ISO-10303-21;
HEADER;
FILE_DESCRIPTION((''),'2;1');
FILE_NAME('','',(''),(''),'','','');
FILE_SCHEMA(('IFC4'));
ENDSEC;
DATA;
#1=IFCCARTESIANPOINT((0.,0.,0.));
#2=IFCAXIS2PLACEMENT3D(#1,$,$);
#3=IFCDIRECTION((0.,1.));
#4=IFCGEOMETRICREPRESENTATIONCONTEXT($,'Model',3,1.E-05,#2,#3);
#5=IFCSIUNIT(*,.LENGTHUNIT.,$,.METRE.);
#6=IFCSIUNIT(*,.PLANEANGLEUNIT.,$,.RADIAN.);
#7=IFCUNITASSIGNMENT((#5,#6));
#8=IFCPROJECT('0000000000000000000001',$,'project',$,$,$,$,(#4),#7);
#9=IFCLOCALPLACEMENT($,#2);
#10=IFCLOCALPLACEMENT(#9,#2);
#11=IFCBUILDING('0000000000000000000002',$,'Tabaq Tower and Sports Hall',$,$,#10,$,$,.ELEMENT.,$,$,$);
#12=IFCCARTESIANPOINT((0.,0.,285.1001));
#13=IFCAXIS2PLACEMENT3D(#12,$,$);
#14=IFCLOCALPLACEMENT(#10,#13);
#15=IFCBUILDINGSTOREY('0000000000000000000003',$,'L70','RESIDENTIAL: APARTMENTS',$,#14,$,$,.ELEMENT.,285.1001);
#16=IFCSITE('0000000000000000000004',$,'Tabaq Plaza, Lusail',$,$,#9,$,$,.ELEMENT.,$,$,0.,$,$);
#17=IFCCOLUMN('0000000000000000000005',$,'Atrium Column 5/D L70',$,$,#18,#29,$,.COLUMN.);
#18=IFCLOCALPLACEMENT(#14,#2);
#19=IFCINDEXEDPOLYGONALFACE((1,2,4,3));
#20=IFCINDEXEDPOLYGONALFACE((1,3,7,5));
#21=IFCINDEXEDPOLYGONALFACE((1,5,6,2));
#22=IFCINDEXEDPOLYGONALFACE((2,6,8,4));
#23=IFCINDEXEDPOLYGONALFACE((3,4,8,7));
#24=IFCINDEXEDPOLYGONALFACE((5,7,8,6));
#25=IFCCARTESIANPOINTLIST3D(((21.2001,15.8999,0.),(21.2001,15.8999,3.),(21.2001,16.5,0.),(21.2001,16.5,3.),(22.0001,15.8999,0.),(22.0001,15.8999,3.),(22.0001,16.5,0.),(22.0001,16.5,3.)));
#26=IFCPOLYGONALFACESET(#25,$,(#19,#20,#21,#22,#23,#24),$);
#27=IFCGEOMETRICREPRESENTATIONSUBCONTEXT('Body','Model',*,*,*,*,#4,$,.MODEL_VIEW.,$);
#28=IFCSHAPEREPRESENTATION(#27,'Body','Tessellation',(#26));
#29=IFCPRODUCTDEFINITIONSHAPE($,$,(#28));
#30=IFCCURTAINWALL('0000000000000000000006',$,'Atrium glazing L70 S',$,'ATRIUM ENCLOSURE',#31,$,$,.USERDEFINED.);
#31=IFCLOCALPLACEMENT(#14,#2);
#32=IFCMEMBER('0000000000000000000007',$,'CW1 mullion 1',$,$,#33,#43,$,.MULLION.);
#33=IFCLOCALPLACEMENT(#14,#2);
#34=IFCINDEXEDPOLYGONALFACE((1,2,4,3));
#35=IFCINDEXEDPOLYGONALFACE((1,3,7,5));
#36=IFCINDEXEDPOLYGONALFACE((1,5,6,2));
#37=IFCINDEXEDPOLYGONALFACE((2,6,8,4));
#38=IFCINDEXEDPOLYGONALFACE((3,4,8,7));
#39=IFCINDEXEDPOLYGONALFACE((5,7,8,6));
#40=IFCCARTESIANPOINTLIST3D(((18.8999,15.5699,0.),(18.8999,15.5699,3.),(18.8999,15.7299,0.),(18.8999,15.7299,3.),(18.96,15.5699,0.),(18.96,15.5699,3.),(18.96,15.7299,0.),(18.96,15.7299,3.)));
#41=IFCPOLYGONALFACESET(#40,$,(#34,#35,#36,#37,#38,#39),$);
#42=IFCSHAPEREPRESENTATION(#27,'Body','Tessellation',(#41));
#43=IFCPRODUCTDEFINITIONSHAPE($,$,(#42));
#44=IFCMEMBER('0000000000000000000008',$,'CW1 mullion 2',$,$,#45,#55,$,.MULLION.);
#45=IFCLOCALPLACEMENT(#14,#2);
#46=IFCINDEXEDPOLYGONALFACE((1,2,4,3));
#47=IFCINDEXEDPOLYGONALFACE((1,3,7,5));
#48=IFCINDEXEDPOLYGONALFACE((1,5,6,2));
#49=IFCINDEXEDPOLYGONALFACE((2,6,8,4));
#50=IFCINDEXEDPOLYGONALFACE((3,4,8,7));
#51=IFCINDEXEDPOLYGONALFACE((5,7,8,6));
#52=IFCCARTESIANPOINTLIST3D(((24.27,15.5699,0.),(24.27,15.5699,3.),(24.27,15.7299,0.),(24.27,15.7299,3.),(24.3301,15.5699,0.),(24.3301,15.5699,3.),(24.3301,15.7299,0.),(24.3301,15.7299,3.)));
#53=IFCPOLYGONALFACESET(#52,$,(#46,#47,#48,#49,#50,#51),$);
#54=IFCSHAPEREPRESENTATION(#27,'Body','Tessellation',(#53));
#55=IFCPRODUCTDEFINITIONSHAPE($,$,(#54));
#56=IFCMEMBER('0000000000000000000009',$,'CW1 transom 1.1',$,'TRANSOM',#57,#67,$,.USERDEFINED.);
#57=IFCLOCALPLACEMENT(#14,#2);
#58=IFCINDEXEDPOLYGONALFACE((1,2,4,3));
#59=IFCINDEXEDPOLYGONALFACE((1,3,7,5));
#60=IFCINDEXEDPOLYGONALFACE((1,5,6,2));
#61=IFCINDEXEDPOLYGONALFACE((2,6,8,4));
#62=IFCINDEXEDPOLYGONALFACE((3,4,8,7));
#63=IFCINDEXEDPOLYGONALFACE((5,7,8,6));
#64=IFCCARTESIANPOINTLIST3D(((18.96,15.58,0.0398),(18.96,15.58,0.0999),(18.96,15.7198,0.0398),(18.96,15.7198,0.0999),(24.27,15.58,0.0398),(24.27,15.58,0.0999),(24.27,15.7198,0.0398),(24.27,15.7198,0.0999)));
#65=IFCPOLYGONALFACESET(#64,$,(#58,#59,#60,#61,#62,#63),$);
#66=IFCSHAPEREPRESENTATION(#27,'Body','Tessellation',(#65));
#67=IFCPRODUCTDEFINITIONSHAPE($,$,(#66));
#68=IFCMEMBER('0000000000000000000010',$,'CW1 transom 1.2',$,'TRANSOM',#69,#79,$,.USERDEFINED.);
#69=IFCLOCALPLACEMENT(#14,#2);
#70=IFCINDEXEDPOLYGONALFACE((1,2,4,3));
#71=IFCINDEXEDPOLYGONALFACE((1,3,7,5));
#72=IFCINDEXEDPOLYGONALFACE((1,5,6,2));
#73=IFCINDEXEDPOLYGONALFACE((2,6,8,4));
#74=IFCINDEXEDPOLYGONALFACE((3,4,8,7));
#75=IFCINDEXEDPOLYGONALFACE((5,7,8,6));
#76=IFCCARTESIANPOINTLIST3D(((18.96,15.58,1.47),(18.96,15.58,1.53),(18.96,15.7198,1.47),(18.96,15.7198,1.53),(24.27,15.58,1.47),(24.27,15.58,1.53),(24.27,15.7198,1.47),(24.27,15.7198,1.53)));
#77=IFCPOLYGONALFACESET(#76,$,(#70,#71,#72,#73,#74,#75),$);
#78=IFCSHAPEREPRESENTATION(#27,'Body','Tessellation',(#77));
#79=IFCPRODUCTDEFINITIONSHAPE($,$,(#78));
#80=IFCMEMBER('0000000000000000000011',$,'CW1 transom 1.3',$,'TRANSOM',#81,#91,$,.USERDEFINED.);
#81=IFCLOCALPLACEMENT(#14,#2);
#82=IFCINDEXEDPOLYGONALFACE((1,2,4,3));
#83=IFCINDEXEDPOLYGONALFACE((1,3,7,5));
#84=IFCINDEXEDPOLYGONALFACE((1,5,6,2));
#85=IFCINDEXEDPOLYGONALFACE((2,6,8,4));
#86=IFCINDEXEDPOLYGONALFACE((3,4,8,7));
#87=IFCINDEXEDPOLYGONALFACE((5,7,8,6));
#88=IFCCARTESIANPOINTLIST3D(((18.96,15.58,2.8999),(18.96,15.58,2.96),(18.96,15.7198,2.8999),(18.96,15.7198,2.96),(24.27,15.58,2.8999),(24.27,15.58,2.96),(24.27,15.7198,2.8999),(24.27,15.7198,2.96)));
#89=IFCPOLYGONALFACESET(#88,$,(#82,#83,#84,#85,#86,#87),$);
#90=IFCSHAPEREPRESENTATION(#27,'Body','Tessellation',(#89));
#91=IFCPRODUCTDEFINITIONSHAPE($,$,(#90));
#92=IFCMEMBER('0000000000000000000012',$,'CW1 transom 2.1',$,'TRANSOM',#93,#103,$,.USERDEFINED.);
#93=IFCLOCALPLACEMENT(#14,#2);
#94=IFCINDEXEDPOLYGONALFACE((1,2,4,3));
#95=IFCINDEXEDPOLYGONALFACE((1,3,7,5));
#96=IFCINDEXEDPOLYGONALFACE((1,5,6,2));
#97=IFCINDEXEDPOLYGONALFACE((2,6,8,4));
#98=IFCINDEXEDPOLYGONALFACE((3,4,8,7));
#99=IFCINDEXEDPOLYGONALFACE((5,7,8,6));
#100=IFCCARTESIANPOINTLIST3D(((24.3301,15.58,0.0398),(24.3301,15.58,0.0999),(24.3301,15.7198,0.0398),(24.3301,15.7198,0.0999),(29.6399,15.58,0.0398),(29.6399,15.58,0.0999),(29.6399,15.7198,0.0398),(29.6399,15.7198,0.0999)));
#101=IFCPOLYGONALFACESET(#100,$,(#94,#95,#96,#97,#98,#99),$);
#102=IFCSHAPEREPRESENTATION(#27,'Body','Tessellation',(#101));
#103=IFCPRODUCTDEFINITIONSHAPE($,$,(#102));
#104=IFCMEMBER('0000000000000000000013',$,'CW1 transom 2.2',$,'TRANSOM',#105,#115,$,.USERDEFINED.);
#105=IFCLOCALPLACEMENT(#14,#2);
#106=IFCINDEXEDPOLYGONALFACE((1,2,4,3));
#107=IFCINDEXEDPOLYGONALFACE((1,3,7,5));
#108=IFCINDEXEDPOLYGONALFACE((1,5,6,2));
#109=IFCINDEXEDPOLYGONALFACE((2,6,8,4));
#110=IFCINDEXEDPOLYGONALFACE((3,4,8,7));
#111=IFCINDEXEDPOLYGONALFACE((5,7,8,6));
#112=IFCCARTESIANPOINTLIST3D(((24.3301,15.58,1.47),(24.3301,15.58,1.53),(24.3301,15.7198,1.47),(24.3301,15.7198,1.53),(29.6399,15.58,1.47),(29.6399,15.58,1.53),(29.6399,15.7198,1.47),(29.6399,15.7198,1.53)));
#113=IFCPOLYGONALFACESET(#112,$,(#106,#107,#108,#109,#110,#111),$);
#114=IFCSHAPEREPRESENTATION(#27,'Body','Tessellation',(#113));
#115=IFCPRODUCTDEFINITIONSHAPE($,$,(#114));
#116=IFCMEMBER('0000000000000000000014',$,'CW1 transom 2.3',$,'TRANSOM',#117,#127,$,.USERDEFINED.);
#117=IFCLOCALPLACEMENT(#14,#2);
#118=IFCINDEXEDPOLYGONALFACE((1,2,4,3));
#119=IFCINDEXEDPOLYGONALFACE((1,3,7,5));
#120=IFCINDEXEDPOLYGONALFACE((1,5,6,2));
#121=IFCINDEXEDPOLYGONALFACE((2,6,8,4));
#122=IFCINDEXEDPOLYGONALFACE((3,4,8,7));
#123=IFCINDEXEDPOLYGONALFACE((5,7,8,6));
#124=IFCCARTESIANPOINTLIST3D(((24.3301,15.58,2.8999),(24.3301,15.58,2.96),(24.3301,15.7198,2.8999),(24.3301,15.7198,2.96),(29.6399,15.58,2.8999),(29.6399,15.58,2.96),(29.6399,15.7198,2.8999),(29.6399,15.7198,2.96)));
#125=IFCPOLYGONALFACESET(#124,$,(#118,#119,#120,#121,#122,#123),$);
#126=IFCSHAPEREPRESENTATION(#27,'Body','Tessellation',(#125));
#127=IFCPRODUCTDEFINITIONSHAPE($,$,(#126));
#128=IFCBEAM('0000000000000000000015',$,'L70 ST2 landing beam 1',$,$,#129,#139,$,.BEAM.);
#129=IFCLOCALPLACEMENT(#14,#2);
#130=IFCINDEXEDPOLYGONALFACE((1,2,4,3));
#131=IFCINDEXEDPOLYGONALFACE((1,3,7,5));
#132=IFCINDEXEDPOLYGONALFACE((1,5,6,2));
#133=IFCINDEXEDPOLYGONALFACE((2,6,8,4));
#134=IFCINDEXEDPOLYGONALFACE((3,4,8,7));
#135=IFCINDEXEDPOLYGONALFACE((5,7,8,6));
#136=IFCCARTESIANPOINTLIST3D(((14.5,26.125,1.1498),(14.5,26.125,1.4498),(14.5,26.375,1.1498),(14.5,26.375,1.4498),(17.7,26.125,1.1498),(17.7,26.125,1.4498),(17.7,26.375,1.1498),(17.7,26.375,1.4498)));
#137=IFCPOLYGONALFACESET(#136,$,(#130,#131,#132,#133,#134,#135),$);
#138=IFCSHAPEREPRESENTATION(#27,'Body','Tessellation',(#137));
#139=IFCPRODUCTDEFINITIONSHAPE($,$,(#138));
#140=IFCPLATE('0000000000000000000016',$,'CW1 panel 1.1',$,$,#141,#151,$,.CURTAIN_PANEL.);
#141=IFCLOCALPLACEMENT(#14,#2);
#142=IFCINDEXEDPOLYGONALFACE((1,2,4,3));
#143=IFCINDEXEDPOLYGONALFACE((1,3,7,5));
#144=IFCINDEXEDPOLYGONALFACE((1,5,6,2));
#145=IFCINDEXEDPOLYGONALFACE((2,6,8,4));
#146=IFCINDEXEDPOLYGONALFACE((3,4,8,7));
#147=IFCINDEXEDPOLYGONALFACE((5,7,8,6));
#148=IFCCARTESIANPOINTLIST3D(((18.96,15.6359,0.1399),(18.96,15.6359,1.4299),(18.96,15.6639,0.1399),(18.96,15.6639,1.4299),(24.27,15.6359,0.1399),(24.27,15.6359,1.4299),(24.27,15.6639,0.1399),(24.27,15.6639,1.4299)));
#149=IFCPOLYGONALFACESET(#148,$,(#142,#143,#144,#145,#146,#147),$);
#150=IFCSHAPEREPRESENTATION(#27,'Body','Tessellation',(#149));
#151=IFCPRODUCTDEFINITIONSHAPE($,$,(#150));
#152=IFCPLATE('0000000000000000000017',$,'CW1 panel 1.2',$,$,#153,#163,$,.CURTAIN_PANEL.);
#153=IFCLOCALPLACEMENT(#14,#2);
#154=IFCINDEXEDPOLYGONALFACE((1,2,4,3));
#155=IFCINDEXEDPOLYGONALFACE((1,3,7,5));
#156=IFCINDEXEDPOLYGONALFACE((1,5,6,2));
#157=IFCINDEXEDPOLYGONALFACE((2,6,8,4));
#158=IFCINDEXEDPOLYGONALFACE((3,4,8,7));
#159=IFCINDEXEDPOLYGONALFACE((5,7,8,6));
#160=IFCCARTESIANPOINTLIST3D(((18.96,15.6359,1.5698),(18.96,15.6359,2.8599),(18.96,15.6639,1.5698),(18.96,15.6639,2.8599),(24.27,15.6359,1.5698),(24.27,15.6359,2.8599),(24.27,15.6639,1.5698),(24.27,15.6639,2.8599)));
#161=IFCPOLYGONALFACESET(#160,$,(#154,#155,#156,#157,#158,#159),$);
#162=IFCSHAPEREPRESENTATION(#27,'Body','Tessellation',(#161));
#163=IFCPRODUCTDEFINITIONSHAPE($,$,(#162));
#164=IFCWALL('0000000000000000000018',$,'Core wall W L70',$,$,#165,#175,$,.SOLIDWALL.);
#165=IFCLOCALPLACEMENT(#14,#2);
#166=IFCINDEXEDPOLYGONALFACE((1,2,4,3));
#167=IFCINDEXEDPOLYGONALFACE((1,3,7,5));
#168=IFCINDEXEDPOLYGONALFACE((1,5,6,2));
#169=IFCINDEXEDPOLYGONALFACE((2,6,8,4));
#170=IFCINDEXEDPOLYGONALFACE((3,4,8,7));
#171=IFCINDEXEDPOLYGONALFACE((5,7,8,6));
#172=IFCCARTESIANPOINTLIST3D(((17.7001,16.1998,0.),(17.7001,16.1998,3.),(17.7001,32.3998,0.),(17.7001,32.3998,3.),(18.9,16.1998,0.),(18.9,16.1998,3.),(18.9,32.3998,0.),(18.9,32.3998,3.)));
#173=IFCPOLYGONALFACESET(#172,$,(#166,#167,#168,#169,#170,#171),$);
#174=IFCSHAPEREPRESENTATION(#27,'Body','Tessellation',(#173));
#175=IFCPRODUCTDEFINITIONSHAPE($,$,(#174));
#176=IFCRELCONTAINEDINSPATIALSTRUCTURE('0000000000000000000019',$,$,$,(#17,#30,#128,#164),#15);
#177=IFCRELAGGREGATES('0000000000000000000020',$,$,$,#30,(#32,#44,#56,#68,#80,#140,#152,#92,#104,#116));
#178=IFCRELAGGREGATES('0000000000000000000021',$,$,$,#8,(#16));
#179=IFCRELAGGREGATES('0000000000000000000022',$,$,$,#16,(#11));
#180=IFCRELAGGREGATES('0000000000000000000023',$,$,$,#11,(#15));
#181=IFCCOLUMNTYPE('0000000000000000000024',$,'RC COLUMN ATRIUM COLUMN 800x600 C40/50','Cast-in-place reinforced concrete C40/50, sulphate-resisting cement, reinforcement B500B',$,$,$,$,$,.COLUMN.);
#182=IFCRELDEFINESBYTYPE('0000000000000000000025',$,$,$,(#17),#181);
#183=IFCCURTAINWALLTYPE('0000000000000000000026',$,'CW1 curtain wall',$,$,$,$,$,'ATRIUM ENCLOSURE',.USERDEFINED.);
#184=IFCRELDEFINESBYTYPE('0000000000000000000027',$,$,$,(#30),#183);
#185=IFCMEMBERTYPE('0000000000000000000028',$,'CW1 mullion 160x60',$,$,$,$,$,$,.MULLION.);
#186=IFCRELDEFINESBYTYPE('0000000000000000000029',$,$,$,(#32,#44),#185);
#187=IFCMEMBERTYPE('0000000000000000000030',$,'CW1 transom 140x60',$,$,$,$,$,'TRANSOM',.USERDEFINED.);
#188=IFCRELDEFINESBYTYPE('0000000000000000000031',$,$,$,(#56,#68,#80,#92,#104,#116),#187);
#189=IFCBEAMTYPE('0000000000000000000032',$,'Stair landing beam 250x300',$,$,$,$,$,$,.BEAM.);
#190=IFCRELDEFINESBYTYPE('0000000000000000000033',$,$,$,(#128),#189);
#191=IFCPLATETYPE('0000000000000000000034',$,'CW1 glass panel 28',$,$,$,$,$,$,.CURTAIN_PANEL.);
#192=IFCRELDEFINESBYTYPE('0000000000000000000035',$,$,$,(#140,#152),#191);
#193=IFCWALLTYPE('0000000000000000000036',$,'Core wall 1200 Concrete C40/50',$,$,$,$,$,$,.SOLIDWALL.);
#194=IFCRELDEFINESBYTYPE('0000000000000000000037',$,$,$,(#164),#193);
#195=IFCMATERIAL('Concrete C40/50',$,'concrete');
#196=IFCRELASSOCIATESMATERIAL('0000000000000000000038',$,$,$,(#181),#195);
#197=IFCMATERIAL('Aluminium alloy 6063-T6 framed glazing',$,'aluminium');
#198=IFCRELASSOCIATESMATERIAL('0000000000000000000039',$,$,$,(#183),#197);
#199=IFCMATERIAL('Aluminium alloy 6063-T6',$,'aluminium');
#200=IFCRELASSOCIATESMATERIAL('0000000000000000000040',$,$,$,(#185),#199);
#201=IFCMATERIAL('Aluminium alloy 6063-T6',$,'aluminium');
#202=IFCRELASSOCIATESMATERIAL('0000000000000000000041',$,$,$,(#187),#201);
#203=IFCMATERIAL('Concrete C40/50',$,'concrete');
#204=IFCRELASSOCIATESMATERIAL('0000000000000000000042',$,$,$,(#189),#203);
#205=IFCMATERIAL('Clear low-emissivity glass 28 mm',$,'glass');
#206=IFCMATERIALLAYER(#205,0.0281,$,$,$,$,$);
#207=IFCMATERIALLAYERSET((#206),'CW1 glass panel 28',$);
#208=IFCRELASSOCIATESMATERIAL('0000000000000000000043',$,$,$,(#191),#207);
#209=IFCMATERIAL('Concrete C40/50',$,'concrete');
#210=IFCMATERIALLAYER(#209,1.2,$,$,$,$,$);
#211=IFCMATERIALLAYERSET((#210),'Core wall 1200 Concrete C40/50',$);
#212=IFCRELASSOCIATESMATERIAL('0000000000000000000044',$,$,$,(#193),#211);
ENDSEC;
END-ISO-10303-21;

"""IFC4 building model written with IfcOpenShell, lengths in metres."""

from ifc_helpers import new_model, si_unit, direction, frame, frame_2d, origin, origin_2d, place, context, subcontext, project, spatial, rectangle, extrude, material, layer, layer_set, material_profile, profile_set, type_object, element, aggregate, save


model = new_model("IFC4")

# Units and contexts
model_context = context("Model", 3, precision=1e-05, world=origin(), true_north=direction((0.0, 1.0)))
body_context = subcontext(model_context, "Body", "Model", "MODEL_VIEW")
ifc_project = project(units=[si_unit("LENGTHUNIT", "METRE"), si_unit("PLANEANGLEUNIT", "RADIAN")], contexts=[model_context])

# Site, building, storey
site_placement = place(None, origin())
site = spatial("IfcSite", under=ifc_project, at=site_placement, Name="Tabaq Plaza, Lusail", CompositionType="ELEMENT", RefElevation=0.0)
building_placement = place(site_placement, origin())
building = spatial("IfcBuilding", under=site, at=building_placement, Name="Tabaq Tower and Sports Hall", CompositionType="ELEMENT")
storey_placement = place(building_placement, frame((0.0, 0.0, 285.1001)))
storey = spatial("IfcBuildingStorey", under=building, at=storey_placement, Name="L70", Description="RESIDENTIAL: APARTMENTS", CompositionType="ELEMENT", Elevation=285.1001)

# Column
ifc_material_1 = material(Name="Concrete C40/50", Category="concrete")
ifc_material_profile_1 = material_profile(ifc_material_1, rectangle(XDim=0.8, YDim=0.6001, at=origin_2d()), Name="ATRIUM COLUMN 800x600")
ifc_profile_set_1 = profile_set([ifc_material_profile_1], Name="Concrete C40/50")
column_type = type_object("IfcColumnType", Name="RC COLUMN ATRIUM COLUMN 800x600 C40/50", Description="Cast-in-place reinforced concrete C40/50, sulphate-resisting cement, reinforcement B500B", PredefinedType="COLUMN", material=ifc_profile_set_1)
column_placement = place(storey_placement, frame((21.6001, 16.2, 0.0), z_axis=(0.0, 0.0, 1.0), x_axis=(1.0, 0.0, 0.0)))
element("IfcColumn", 1, at=column_placement, inside=storey, type_object=column_type, Name="Atrium Column 5/D L70", PredefinedType="COLUMN", context=body_context, shape_type="SweptSolid", body=[
    extrude(rectangle(XDim=0.8, YDim=0.6001, at=origin_2d()), origin(), (0.0, 0.0, 1.0), 3.0),
])

# Curtain wall, members
ifc_material_2 = material(Name="Aluminium alloy 6063-T6 framed glazing", Category="aluminium")
curtain_wall_type = type_object("IfcCurtainWallType", Name="CW1 curtain wall", ElementType="ATRIUM ENCLOSURE", PredefinedType="USERDEFINED", material=ifc_material_2)
curtain_wall_placement = place(storey_placement, origin())
curtain_wall = element("IfcCurtainWall", 2, at=curtain_wall_placement, inside=storey, type_object=curtain_wall_type, Name="Atrium glazing L70 S", ObjectType="ATRIUM ENCLOSURE", PredefinedType="USERDEFINED")
ifc_material_3 = material(Name="Aluminium alloy 6063-T6", Category="aluminium")
ifc_material_profile_2 = material_profile(ifc_material_3, rectangle(XDim=0.1599, YDim=0.0601, at=origin_2d()), Name="MULLION 160x60")
ifc_profile_set_2 = profile_set([ifc_material_profile_2], Name="Aluminium alloy 6063-T6")
member_type_1 = type_object("IfcMemberType", Name="CW1 mullion 160x60", PredefinedType="MULLION", material=ifc_profile_set_2)
member_1_placement = place(storey_placement, frame((18.9299, 15.6499, 0.0), z_axis=(0.0, 0.0, 1.0), x_axis=(0.0, 1.0, 0.0)))
member_1 = element("IfcMember", 3, at=member_1_placement, type_object=member_type_1, Name="CW1 mullion 1", PredefinedType="MULLION", context=body_context, shape_type="SweptSolid", body=[
    extrude(rectangle(XDim=0.1599, YDim=0.0601, at=origin_2d()), origin(), (0.0, 0.0, 1.0), 3.0),
])
member_2_placement = place(storey_placement, frame((24.3, 15.6499, 0.0), z_axis=(0.0, 0.0, 1.0), x_axis=(0.0, 1.0, 0.0)))
member_2 = element("IfcMember", 4, at=member_2_placement, type_object=member_type_1, Name="CW1 mullion 2", PredefinedType="MULLION", context=body_context, shape_type="SweptSolid", body=[
    extrude(rectangle(XDim=0.1599, YDim=0.0601, at=origin_2d()), origin(), (0.0, 0.0, 1.0), 3.0),
])
ifc_material_4 = material(Name="Aluminium alloy 6063-T6", Category="aluminium")
ifc_material_profile_3 = material_profile(ifc_material_4, rectangle(XDim=0.1399, YDim=0.0601, at=origin_2d()), Name="TRANSOM 140x60")
ifc_profile_set_3 = profile_set([ifc_material_profile_3], Name="Aluminium alloy 6063-T6")
member_type_2 = type_object("IfcMemberType", Name="CW1 transom 140x60", ElementType="TRANSOM", PredefinedType="USERDEFINED", material=ifc_profile_set_3)
member_3_placement = place(storey_placement, frame((18.96, 15.6499, 0.0698), z_axis=(1.0, 0.0, 0.0), x_axis=(0.0, 1.0, 0.0)))
member_3 = element("IfcMember", 5, at=member_3_placement, type_object=member_type_2, Name="CW1 transom 1.1", ObjectType="TRANSOM", PredefinedType="USERDEFINED", context=body_context, shape_type="SweptSolid", body=[
    extrude(rectangle(XDim=0.1399, YDim=0.0601, at=origin_2d()), origin(), (0.0, 0.0, 1.0), 5.3101),
])
member_4_placement = place(storey_placement, frame((18.96, 15.6499, 1.5), z_axis=(1.0, 0.0, 0.0), x_axis=(0.0, 1.0, 0.0)))
member_4 = element("IfcMember", 6, at=member_4_placement, type_object=member_type_2, Name="CW1 transom 1.2", ObjectType="TRANSOM", PredefinedType="USERDEFINED", context=body_context, shape_type="SweptSolid", body=[
    extrude(rectangle(XDim=0.1399, YDim=0.0601, at=origin_2d()), origin(), (0.0, 0.0, 1.0), 5.3101),
])
member_5_placement = place(storey_placement, frame((18.96, 15.6499, 2.9299), z_axis=(1.0, 0.0, 0.0), x_axis=(0.0, 1.0, 0.0)))
member_5 = element("IfcMember", 7, at=member_5_placement, type_object=member_type_2, Name="CW1 transom 1.3", ObjectType="TRANSOM", PredefinedType="USERDEFINED", context=body_context, shape_type="SweptSolid", body=[
    extrude(rectangle(XDim=0.1399, YDim=0.0601, at=origin_2d()), origin(), (0.0, 0.0, 1.0), 5.3101),
])
member_6_placement = place(storey_placement, frame((24.3301, 15.6499, 0.0698), z_axis=(1.0, 0.0, 0.0), x_axis=(0.0, 1.0, 0.0)))
member_6 = element("IfcMember", 8, at=member_6_placement, type_object=member_type_2, Name="CW1 transom 2.1", ObjectType="TRANSOM", PredefinedType="USERDEFINED", context=body_context, shape_type="SweptSolid", body=[
    extrude(rectangle(XDim=0.1399, YDim=0.0601, at=origin_2d()), origin(), (0.0, 0.0, 1.0), 5.3098),
])
member_7_placement = place(storey_placement, frame((24.3301, 15.6499, 1.5), z_axis=(1.0, 0.0, 0.0), x_axis=(0.0, 1.0, 0.0)))
member_7 = element("IfcMember", 9, at=member_7_placement, type_object=member_type_2, Name="CW1 transom 2.2", ObjectType="TRANSOM", PredefinedType="USERDEFINED", context=body_context, shape_type="SweptSolid", body=[
    extrude(rectangle(XDim=0.1399, YDim=0.0601, at=origin_2d()), origin(), (0.0, 0.0, 1.0), 5.3098),
])
member_8_placement = place(storey_placement, frame((24.3301, 15.6499, 2.9299), z_axis=(1.0, 0.0, 0.0), x_axis=(0.0, 1.0, 0.0)))
member_8 = element("IfcMember", 10, at=member_8_placement, type_object=member_type_2, Name="CW1 transom 2.3", ObjectType="TRANSOM", PredefinedType="USERDEFINED", context=body_context, shape_type="SweptSolid", body=[
    extrude(rectangle(XDim=0.1399, YDim=0.0601, at=origin_2d()), origin(), (0.0, 0.0, 1.0), 5.3098),
])

# Beam
ifc_material_5 = material(Name="Concrete C40/50", Category="concrete")
ifc_material_profile_4 = material_profile(ifc_material_5, rectangle(XDim=0.25, YDim=0.3, at=origin_2d()), Name="RC 250x300")
ifc_profile_set_4 = profile_set([ifc_material_profile_4], Name="Concrete C40/50")
beam_type = type_object("IfcBeamType", Name="Stair landing beam 250x300", PredefinedType="BEAM", material=ifc_profile_set_4)
beam_placement = place(storey_placement, frame((14.5, 26.25, 1.2998), z_axis=(1.0, 0.0, 0.0), x_axis=(0.0, 1.0, 0.0)))
element("IfcBeam", 11, at=beam_placement, inside=storey, type_object=beam_type, Name="L70 ST2 landing beam 1", PredefinedType="BEAM", context=body_context, shape_type="SweptSolid", body=[
    extrude(rectangle(XDim=0.25, YDim=0.3, at=origin_2d()), origin(), (0.0, 0.0, 1.0), 3.2),
])

# Plates
ifc_material_6 = material(Name="Clear low-emissivity glass 28 mm", Category="glass")
ifc_layer_1 = layer(ifc_material_6, 0.0281)
ifc_layer_set_1 = layer_set([ifc_layer_1], Name="CW1 glass panel 28")
plate_type = type_object("IfcPlateType", Name="CW1 glass panel 28", PredefinedType="CURTAIN_PANEL", material=ifc_layer_set_1)
plate_1_placement = place(storey_placement, frame((21.615, 15.6499, 0.1399), z_axis=(0.0, 0.0, 1.0), x_axis=(1.0, 0.0, 0.0)))
plate_1 = element("IfcPlate", 12, at=plate_1_placement, type_object=plate_type, Name="CW1 panel 1.1", PredefinedType="CURTAIN_PANEL", context=body_context, shape_type="SweptSolid", body=[
    extrude(rectangle(XDim=5.3101, YDim=0.0281, at=origin_2d()), origin(), (0.0, 0.0, 1.0), 1.29),
])
plate_2_placement = place(storey_placement, frame((21.615, 15.6499, 1.5698), z_axis=(0.0, 0.0, 1.0), x_axis=(1.0, 0.0, 0.0)))
plate_2 = element("IfcPlate", 13, at=plate_2_placement, type_object=plate_type, Name="CW1 panel 1.2", PredefinedType="CURTAIN_PANEL", context=body_context, shape_type="SweptSolid", body=[
    extrude(rectangle(XDim=5.3101, YDim=0.0281, at=origin_2d()), origin(), (0.0, 0.0, 1.0), 1.29),
])
aggregate(curtain_wall, [member_1, member_2, member_3, member_4, member_5, plate_1, plate_2, member_6, member_7, member_8])

# Wall
ifc_material_7 = material(Name="Concrete C40/50", Category="concrete")
ifc_layer_2 = layer(ifc_material_7, 1.2)
ifc_layer_set_2 = layer_set([ifc_layer_2], Name="Core wall 1200 Concrete C40/50")
wall_type_1 = type_object("IfcWallType", Name="Core wall 1200 Concrete C40/50", PredefinedType="SOLIDWALL", material=ifc_layer_set_2)
wall_1_placement = place(storey_placement, frame((18.3, 32.3999, 0.0), z_axis=(0.0, 0.0, 1.0), x_axis=(0.0, -1.0, 0.0)))
element("IfcWall", 14, at=wall_1_placement, inside=storey, type_object=wall_type_1, Name="Core wall W L70", PredefinedType="SOLIDWALL", context=body_context, shape_type="SweptSolid", body=[
    extrude(rectangle(XDim=16.2, YDim=1.2, at=frame_2d((8.1001, 0.0))), origin(), (0.0, 0.0, 1.0), 3.0),
])

save(model, "model.ifc")
